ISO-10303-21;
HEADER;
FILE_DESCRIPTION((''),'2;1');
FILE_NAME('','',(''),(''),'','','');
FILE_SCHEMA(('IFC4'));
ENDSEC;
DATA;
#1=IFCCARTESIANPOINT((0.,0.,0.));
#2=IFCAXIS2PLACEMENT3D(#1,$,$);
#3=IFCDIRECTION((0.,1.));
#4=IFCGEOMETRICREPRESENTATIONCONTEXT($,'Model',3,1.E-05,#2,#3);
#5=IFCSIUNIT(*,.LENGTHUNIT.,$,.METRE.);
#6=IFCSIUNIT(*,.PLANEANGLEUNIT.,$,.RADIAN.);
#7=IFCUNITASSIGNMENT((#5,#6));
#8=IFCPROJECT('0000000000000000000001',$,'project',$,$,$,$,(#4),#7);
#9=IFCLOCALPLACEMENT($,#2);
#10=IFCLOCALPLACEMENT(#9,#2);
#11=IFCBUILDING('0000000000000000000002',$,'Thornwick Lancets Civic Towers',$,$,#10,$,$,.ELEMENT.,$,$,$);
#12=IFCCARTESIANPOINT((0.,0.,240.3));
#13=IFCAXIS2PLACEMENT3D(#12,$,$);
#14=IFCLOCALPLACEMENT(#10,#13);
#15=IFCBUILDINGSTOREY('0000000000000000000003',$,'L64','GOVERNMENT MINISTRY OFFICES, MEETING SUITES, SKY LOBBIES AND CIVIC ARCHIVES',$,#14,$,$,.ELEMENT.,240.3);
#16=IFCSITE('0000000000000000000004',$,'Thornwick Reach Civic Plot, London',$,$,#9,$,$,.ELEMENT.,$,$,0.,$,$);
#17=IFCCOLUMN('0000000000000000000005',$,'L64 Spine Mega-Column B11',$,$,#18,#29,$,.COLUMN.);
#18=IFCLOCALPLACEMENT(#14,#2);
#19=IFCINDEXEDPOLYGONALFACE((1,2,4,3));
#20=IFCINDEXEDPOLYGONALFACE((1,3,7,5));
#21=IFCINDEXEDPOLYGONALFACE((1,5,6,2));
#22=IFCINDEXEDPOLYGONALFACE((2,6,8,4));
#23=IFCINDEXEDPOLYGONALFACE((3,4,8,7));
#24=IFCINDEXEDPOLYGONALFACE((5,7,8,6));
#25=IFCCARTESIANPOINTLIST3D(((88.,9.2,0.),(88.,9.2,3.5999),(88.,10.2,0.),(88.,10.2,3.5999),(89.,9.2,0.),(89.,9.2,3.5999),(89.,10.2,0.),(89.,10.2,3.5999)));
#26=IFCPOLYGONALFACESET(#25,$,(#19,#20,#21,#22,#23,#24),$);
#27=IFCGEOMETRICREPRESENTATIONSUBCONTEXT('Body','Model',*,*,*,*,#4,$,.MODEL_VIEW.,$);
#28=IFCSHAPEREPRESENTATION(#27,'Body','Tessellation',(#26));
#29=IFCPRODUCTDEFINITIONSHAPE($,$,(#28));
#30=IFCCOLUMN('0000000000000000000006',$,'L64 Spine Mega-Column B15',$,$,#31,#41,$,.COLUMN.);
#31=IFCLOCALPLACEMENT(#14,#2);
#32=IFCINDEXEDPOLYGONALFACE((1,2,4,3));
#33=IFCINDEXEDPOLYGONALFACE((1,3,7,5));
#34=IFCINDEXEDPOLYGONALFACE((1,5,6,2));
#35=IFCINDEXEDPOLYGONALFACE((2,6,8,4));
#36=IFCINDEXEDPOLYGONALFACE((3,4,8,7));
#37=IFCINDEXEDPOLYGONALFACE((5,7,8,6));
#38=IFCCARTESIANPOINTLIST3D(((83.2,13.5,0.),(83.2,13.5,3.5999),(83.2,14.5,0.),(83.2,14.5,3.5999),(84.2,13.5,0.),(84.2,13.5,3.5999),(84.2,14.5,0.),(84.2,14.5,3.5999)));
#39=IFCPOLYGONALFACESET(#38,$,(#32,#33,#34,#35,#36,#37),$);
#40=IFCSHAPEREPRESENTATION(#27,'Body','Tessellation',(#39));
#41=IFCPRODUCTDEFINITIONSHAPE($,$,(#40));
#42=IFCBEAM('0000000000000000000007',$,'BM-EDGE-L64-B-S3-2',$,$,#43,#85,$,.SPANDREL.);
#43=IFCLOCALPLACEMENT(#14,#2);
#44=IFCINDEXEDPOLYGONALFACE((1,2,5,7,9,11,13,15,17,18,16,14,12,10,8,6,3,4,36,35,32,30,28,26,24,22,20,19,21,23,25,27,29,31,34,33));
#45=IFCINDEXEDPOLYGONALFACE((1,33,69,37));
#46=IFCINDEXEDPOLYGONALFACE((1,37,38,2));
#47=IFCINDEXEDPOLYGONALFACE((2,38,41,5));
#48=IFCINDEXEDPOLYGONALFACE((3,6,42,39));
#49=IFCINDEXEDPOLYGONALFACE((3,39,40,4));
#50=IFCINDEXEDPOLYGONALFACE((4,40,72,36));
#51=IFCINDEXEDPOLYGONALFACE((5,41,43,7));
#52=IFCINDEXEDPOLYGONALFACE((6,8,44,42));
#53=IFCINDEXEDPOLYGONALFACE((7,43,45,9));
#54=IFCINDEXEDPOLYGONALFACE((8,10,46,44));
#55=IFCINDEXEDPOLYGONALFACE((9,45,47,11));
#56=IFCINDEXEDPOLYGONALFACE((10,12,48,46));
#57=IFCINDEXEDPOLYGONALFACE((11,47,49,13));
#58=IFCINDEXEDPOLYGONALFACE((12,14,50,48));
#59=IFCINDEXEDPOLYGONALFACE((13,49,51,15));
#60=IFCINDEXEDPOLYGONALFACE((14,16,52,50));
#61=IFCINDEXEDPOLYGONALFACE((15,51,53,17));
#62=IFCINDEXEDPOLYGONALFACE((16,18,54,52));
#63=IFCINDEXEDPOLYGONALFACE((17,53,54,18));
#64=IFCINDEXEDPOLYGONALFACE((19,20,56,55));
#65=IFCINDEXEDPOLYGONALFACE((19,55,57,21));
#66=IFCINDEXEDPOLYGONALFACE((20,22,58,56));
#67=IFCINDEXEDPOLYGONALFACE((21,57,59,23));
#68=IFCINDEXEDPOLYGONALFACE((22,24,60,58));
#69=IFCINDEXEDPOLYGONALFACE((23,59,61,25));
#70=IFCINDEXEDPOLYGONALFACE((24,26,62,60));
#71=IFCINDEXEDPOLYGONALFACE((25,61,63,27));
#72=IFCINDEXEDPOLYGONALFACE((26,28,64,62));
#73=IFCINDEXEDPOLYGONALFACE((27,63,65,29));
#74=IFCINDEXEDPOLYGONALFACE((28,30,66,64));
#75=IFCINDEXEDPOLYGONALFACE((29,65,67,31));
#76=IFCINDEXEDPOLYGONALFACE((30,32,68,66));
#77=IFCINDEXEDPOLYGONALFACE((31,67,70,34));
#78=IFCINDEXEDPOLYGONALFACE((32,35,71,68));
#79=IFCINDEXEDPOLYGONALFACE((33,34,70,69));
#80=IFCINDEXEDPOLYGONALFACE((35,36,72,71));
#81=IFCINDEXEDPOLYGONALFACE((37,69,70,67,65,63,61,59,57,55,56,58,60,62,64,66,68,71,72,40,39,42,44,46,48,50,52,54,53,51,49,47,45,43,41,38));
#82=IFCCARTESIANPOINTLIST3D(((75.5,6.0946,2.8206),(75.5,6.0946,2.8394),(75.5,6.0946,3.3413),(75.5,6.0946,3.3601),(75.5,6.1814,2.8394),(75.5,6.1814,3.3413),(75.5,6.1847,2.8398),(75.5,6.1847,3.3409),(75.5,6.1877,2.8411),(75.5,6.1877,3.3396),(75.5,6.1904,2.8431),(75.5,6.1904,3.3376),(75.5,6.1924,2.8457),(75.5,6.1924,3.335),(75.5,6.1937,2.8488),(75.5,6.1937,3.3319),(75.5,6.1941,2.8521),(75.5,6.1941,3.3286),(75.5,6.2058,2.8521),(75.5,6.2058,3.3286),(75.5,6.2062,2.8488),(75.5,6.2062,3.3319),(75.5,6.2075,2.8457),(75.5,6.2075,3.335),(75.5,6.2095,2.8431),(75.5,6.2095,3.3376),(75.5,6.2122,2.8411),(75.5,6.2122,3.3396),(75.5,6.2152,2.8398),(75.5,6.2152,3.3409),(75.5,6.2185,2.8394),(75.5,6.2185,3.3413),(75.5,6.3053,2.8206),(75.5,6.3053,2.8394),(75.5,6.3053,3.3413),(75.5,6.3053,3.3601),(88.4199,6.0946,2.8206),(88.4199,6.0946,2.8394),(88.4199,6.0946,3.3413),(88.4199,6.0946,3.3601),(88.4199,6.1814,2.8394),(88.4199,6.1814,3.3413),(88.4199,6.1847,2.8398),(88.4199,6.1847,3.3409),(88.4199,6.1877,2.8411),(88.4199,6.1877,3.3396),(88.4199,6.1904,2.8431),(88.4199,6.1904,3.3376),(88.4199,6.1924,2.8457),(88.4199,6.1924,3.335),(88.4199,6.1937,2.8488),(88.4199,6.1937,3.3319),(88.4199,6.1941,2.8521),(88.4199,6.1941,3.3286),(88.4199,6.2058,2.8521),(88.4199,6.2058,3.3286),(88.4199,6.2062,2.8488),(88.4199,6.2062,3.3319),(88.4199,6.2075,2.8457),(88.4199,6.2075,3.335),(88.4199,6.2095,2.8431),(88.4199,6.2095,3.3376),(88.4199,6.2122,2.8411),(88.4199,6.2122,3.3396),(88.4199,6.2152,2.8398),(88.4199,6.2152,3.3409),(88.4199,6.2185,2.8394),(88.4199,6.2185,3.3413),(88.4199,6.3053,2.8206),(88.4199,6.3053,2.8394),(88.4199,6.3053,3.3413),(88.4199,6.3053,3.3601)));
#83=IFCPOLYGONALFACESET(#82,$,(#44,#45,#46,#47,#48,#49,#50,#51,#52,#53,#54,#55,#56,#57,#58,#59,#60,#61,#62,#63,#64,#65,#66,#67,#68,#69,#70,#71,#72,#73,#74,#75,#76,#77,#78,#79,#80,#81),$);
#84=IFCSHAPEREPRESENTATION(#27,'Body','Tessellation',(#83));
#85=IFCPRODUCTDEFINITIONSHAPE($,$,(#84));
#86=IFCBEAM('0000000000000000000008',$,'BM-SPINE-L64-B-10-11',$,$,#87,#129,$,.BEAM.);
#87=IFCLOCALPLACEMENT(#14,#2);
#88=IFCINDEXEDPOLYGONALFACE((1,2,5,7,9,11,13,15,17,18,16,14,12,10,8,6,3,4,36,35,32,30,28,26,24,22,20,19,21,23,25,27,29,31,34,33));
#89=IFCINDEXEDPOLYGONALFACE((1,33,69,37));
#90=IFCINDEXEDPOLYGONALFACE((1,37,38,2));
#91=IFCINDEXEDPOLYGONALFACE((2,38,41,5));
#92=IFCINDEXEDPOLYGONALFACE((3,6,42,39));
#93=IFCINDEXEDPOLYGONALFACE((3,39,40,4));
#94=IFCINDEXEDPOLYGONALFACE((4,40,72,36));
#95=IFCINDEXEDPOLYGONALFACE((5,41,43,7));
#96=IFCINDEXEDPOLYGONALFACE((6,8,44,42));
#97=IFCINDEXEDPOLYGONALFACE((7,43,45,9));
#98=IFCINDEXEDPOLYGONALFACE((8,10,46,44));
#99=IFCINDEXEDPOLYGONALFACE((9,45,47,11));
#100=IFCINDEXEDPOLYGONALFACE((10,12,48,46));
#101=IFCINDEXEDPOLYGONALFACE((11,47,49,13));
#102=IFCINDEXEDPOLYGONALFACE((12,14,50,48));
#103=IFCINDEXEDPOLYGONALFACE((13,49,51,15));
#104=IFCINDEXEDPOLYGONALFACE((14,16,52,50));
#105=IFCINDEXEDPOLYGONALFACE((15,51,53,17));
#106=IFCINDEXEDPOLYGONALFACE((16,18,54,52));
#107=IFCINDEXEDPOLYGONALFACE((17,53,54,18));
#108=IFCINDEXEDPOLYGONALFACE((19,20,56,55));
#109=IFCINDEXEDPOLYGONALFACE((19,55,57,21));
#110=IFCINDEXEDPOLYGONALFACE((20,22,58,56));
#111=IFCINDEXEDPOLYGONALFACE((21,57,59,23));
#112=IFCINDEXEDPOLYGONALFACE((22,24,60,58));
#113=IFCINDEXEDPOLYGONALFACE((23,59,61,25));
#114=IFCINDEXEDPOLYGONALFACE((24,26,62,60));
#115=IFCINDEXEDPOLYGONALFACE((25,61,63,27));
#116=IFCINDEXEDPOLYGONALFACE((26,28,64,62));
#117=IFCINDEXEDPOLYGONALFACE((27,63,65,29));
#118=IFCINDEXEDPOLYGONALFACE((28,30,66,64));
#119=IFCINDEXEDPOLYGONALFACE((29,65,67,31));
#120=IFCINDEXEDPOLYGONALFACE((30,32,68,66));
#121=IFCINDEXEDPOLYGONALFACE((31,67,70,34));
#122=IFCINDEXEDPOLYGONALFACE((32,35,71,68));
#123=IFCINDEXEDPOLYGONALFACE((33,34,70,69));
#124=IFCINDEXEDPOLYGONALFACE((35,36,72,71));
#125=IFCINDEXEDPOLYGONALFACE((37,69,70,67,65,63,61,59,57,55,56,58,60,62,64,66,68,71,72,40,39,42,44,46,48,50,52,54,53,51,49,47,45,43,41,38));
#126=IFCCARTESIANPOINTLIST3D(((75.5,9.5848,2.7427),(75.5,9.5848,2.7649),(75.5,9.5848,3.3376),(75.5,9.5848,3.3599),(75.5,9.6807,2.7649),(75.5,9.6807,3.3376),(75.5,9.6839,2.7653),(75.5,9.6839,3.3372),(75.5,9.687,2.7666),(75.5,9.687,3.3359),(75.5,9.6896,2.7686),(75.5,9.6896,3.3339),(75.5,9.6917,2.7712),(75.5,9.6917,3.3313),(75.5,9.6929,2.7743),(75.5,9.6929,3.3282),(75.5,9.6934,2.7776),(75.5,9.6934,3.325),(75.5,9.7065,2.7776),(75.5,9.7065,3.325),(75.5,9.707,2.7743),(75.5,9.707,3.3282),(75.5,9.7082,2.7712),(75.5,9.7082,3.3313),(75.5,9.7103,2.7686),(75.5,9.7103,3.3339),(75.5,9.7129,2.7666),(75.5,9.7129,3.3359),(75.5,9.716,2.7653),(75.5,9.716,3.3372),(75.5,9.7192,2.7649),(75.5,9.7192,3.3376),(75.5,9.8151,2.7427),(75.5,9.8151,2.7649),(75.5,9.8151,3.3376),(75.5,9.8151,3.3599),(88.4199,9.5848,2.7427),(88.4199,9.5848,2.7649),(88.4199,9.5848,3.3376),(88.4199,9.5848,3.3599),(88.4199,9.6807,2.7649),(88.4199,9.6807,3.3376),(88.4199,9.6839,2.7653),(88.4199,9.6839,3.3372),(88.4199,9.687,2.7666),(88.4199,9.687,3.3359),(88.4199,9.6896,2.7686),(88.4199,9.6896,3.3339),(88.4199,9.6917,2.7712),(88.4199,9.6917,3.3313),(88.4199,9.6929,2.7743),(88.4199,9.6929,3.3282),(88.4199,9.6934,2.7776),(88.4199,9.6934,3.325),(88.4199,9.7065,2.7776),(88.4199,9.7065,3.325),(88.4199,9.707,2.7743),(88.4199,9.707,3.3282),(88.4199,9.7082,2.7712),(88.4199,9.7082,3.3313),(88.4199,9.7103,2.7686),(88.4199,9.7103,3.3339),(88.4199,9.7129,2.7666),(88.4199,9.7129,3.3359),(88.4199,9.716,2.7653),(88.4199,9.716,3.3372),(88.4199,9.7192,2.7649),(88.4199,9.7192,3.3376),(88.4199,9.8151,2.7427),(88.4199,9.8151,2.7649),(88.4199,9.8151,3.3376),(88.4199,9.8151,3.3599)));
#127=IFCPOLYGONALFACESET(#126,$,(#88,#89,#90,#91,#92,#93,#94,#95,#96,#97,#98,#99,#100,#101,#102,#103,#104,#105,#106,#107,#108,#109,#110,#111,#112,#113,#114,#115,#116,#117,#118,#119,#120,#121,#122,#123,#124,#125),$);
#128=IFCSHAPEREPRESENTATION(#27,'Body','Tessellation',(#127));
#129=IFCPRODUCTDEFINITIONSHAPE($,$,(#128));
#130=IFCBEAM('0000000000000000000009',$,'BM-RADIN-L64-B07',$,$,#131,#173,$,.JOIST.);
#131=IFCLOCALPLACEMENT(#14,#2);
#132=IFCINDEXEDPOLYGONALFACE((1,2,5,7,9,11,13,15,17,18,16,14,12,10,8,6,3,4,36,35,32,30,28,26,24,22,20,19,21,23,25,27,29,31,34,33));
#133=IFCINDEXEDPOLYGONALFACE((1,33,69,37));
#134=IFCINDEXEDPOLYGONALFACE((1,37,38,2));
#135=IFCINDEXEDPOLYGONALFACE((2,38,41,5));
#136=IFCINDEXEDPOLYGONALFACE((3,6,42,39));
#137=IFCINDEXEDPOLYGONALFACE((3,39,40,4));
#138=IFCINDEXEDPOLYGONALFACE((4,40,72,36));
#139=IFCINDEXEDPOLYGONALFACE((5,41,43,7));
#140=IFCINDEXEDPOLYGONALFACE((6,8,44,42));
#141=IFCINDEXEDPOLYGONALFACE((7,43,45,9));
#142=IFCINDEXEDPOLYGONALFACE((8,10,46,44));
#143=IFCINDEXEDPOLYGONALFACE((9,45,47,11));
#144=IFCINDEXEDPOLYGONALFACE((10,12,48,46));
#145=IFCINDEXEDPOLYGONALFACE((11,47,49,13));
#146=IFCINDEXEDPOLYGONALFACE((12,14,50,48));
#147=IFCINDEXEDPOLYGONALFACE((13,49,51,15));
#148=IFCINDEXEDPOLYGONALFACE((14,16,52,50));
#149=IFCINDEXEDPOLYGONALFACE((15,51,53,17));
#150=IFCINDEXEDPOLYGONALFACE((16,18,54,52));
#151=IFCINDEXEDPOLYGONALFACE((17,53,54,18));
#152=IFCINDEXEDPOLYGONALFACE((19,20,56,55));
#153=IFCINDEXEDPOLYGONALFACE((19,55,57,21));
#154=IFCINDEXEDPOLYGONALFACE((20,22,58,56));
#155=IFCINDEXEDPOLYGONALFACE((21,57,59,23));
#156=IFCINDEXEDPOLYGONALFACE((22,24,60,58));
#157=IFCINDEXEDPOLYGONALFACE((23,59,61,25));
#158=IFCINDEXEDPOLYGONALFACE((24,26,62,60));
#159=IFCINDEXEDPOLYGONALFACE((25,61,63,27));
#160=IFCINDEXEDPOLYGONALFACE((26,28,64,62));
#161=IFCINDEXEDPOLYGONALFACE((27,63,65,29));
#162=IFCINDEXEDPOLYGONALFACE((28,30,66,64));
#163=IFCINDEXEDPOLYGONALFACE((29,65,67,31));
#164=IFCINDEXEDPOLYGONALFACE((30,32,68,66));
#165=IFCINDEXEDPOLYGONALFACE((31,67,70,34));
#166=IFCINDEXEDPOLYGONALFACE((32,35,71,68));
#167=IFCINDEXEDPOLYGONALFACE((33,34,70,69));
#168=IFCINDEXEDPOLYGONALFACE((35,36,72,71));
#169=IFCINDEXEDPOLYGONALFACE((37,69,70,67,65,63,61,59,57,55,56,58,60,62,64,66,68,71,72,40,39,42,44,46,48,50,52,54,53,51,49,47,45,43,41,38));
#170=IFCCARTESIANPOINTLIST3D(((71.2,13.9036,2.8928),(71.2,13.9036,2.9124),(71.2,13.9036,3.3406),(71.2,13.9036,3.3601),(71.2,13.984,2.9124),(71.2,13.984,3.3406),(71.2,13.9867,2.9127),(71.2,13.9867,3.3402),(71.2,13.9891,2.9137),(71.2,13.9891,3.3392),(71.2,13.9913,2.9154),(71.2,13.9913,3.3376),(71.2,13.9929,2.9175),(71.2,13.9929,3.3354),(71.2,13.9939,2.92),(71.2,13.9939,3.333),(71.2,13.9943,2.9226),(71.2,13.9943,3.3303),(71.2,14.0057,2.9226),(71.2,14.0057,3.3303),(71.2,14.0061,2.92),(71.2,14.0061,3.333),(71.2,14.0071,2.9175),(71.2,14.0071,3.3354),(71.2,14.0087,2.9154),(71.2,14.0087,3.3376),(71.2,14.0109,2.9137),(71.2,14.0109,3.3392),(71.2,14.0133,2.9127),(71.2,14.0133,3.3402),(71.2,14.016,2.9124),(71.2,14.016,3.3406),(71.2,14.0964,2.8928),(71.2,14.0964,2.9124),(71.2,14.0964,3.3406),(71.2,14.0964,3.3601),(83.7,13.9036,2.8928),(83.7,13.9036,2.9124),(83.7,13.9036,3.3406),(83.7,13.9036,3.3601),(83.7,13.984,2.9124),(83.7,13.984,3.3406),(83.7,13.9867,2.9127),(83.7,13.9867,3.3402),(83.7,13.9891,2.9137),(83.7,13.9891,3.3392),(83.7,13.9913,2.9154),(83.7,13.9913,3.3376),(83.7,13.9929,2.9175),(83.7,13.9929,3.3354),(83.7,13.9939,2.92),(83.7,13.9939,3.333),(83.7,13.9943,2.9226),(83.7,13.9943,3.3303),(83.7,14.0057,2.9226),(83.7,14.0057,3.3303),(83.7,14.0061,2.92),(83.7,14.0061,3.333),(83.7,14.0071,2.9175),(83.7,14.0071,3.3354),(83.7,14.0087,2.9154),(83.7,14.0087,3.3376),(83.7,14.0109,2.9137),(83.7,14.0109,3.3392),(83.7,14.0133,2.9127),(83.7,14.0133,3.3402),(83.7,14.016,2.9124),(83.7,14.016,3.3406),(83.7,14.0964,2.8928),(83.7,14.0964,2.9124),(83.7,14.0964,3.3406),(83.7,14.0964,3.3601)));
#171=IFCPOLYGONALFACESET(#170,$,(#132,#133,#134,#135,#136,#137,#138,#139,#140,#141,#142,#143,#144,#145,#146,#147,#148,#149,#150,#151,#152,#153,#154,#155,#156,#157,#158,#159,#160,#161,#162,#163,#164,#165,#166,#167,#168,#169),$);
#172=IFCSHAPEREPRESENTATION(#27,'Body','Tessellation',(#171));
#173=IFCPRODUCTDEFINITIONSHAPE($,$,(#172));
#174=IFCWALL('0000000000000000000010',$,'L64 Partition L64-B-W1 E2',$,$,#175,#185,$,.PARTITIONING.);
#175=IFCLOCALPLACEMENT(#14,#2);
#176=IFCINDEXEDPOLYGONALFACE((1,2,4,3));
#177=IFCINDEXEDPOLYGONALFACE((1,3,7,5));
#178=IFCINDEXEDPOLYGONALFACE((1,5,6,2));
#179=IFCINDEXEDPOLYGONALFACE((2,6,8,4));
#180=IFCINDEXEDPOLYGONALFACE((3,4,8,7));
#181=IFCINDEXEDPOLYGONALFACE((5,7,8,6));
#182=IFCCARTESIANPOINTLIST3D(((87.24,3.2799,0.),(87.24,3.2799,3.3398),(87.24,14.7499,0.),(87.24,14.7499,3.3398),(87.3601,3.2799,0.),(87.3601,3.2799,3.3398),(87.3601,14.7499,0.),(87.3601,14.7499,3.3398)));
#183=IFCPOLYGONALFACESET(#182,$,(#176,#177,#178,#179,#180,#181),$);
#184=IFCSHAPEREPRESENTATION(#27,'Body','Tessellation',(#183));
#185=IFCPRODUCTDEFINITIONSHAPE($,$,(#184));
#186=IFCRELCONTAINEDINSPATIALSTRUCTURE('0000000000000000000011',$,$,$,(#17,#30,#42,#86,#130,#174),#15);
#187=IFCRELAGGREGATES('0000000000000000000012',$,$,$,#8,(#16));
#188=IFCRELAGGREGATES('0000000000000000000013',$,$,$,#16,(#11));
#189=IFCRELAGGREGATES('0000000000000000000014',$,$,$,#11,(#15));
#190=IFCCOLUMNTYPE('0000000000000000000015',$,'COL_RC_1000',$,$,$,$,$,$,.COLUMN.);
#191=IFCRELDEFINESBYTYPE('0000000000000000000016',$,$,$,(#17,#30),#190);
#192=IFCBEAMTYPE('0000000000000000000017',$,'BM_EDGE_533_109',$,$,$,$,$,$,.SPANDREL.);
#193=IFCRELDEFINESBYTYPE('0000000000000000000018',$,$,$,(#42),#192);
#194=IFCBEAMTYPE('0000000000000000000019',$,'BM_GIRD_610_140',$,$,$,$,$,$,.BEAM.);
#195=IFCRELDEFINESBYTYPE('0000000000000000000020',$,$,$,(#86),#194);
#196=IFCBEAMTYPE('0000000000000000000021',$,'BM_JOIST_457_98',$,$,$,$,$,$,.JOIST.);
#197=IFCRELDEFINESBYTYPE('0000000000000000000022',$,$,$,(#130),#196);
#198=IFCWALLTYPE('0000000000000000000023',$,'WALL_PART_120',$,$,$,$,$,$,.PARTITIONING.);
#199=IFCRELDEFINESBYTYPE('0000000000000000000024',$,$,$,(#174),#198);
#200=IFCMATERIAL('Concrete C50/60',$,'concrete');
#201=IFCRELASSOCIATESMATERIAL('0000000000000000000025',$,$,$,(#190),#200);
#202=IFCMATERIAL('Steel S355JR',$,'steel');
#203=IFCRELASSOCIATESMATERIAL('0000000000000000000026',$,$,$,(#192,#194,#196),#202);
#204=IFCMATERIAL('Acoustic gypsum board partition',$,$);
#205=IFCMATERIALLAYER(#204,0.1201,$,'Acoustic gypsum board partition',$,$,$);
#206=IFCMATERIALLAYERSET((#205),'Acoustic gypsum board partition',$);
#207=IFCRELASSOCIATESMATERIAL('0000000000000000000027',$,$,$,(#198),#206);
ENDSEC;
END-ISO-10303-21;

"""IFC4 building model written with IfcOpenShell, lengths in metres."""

from ifc_helpers import new_model, si_unit, direction, frame, frame_2d, origin, origin_2d, place, context, subcontext, project, spatial, rectangle, i_section, extrude, material, layer, layer_set, material_profile, profile_set, type_object, element, save


model = new_model("IFC4")

# Units and contexts
model_context = context("Model", 3, precision=1e-05, world=origin(), true_north=direction((0.0, 1.0)))
body_context = subcontext(model_context, "Body", "Model", "MODEL_VIEW")
ifc_project = project(units=[si_unit("LENGTHUNIT", "METRE"), si_unit("PLANEANGLEUNIT", "RADIAN")], contexts=[model_context])

# Site, building, storey
site_placement = place(None, origin())
site = spatial("IfcSite", under=ifc_project, at=site_placement, Name="Thornwick Reach Civic Plot, London", CompositionType="ELEMENT", RefElevation=0.0)
building_placement = place(site_placement, origin())
building = spatial("IfcBuilding", under=site, at=building_placement, Name="Thornwick Lancets Civic Towers", CompositionType="ELEMENT")
storey_placement = place(building_placement, frame((0.0, 0.0, 240.3)))
storey = spatial("IfcBuildingStorey", under=building, at=storey_placement, Name="L64", Description="GOVERNMENT MINISTRY OFFICES, MEETING SUITES, SKY LOBBIES AND CIVIC ARCHIVES", CompositionType="ELEMENT", Elevation=240.3)

# Columns
ifc_material_1 = material(Name="Concrete C50/60", Category="concrete")
ifc_material_profile_1 = material_profile(ifc_material_1, rectangle(XDim=1.0, YDim=1.0, at=origin_2d()), Name="RC 1000x1000")
ifc_profile_set_1 = profile_set([ifc_material_profile_1], Name="Concrete C50/60")
column_type = type_object("IfcColumnType", Name="COL_RC_1000", PredefinedType="COLUMN", material=ifc_profile_set_1)
for number, where, z_axis, x_axis, name in (
    (1, (88.5, 9.7, 0.0), (0.0, 0.0, 1.0), (1.0, 0.0, 0.0), "L64 Spine Mega-Column B11"),
    (2, (83.7, 14.0, 0.0), (0.0, 0.0, 1.0), (1.0, 0.0, 0.0), "L64 Spine Mega-Column B15"),
):
    element("IfcColumn", number, at=place(storey_placement, frame(where, z_axis=z_axis, x_axis=x_axis)), inside=storey, type_object=column_type, Name=name, PredefinedType="COLUMN", context=body_context, shape_type="SweptSolid", body=[
        extrude(rectangle(XDim=1.0, YDim=1.0, at=origin_2d()), origin(), (0.0, 0.0, 1.0), 3.5999),
    ])

# Beams
ifc_material_2 = material(Name="Steel S355JR", Category="steel")
ifc_material_profile_2 = material_profile(ifc_material_2, i_section(OverallWidth=0.2107, OverallDepth=0.5396, WebThickness=0.0117, FlangeThickness=0.0188, FilletRadius=0.0127, at=origin_2d()), Name="UKB 533x210x109")
ifc_profile_set_2 = profile_set([ifc_material_profile_2], Name="Steel S355JR")
beam_type_1 = type_object("IfcBeamType", Name="BM_EDGE_533_109", PredefinedType="SPANDREL", material=ifc_profile_set_2)
beam_1_placement = place(storey_placement, frame((88.4199, 6.2, 3.0903), z_axis=(-1.0, 0.0, 0.0), x_axis=(0.0, -1.0, 0.0)))
element("IfcBeam", 3, at=beam_1_placement, inside=storey, type_object=beam_type_1, Name="BM-EDGE-L64-B-S3-2", PredefinedType="SPANDREL", context=body_context, shape_type="SweptSolid", body=[
    extrude(i_section(OverallWidth=0.2107, OverallDepth=0.5396, WebThickness=0.0117, FlangeThickness=0.0188, FilletRadius=0.0127, at=origin_2d()), origin(), (0.0, 0.0, 1.0), 12.9199),
])
ifc_material_profile_3 = material_profile(ifc_material_2, i_section(OverallWidth=0.2302, OverallDepth=0.6172, WebThickness=0.0132, FlangeThickness=0.0222, FilletRadius=0.0127, at=origin_2d()), Name="UKB 610x229x140")
ifc_profile_set_3 = profile_set([ifc_material_profile_3], Name="Steel S355JR")
beam_type_2 = type_object("IfcBeamType", Name="BM_GIRD_610_140", PredefinedType="BEAM", material=ifc_profile_set_3)
beam_2_placement = place(storey_placement, frame((88.4199, 9.7, 3.0513), z_axis=(-1.0, 0.0, 0.0), x_axis=(0.0, -1.0, 0.0)))
element("IfcBeam", 4, at=beam_2_placement, inside=storey, type_object=beam_type_2, Name="BM-SPINE-L64-B-10-11", PredefinedType="BEAM", context=body_context, shape_type="SweptSolid", body=[
    extrude(i_section(OverallWidth=0.2302, OverallDepth=0.6172, WebThickness=0.0132, FlangeThickness=0.0222, FilletRadius=0.0127, at=origin_2d()), origin(), (0.0, 0.0, 1.0), 12.9199),
])
ifc_material_profile_4 = material_profile(ifc_material_2, i_section(OverallWidth=0.1929, OverallDepth=0.4673, WebThickness=0.0115, FlangeThickness=0.0195, FilletRadius=0.0103, at=origin_2d()), Name="UKB 457x191x98")
ifc_profile_set_4 = profile_set([ifc_material_profile_4], Name="Steel S355JR")
beam_type_3 = type_object("IfcBeamType", Name="BM_JOIST_457_98", PredefinedType="JOIST", material=ifc_profile_set_4)
beam_3_placement = place(storey_placement, frame((83.7, 14.0, 3.1265), z_axis=(-1.0, 0.0, 0.0), x_axis=(0.0, -1.0, 0.0)))
element("IfcBeam", 5, at=beam_3_placement, inside=storey, type_object=beam_type_3, Name="BM-RADIN-L64-B07", PredefinedType="JOIST", context=body_context, shape_type="SweptSolid", body=[
    extrude(i_section(OverallWidth=0.1929, OverallDepth=0.4673, WebThickness=0.0115, FlangeThickness=0.0195, FilletRadius=0.0103, at=origin_2d()), origin(), (0.0, 0.0, 1.0), 12.5),
])

# Wall
ifc_material_3 = material(Name="Acoustic gypsum board partition")
ifc_layer_1 = layer(ifc_material_3, 0.1201, Name="Acoustic gypsum board partition")
ifc_layer_set_1 = layer_set([ifc_layer_1], Name="Acoustic gypsum board partition")
wall_type_1 = type_object("IfcWallType", Name="WALL_PART_120", PredefinedType="PARTITIONING", material=ifc_layer_set_1)
wall_1_placement = place(storey_placement, frame((87.3, 3.28, 0.0), z_axis=(0.0, 0.0, 1.0), x_axis=(0.0, 1.0, 0.0)))
element("IfcWall", 6, at=wall_1_placement, inside=storey, type_object=wall_type_1, Name="L64 Partition L64-B-W1 E2", PredefinedType="PARTITIONING", context=body_context, shape_type="SweptSolid", body=[
    extrude(rectangle(XDim=11.47, YDim=0.1201, at=frame_2d((5.7349, 0.0))), origin(), (0.0, 0.0, 1.0), 3.3398),
])

save(model, "model.ifc")
